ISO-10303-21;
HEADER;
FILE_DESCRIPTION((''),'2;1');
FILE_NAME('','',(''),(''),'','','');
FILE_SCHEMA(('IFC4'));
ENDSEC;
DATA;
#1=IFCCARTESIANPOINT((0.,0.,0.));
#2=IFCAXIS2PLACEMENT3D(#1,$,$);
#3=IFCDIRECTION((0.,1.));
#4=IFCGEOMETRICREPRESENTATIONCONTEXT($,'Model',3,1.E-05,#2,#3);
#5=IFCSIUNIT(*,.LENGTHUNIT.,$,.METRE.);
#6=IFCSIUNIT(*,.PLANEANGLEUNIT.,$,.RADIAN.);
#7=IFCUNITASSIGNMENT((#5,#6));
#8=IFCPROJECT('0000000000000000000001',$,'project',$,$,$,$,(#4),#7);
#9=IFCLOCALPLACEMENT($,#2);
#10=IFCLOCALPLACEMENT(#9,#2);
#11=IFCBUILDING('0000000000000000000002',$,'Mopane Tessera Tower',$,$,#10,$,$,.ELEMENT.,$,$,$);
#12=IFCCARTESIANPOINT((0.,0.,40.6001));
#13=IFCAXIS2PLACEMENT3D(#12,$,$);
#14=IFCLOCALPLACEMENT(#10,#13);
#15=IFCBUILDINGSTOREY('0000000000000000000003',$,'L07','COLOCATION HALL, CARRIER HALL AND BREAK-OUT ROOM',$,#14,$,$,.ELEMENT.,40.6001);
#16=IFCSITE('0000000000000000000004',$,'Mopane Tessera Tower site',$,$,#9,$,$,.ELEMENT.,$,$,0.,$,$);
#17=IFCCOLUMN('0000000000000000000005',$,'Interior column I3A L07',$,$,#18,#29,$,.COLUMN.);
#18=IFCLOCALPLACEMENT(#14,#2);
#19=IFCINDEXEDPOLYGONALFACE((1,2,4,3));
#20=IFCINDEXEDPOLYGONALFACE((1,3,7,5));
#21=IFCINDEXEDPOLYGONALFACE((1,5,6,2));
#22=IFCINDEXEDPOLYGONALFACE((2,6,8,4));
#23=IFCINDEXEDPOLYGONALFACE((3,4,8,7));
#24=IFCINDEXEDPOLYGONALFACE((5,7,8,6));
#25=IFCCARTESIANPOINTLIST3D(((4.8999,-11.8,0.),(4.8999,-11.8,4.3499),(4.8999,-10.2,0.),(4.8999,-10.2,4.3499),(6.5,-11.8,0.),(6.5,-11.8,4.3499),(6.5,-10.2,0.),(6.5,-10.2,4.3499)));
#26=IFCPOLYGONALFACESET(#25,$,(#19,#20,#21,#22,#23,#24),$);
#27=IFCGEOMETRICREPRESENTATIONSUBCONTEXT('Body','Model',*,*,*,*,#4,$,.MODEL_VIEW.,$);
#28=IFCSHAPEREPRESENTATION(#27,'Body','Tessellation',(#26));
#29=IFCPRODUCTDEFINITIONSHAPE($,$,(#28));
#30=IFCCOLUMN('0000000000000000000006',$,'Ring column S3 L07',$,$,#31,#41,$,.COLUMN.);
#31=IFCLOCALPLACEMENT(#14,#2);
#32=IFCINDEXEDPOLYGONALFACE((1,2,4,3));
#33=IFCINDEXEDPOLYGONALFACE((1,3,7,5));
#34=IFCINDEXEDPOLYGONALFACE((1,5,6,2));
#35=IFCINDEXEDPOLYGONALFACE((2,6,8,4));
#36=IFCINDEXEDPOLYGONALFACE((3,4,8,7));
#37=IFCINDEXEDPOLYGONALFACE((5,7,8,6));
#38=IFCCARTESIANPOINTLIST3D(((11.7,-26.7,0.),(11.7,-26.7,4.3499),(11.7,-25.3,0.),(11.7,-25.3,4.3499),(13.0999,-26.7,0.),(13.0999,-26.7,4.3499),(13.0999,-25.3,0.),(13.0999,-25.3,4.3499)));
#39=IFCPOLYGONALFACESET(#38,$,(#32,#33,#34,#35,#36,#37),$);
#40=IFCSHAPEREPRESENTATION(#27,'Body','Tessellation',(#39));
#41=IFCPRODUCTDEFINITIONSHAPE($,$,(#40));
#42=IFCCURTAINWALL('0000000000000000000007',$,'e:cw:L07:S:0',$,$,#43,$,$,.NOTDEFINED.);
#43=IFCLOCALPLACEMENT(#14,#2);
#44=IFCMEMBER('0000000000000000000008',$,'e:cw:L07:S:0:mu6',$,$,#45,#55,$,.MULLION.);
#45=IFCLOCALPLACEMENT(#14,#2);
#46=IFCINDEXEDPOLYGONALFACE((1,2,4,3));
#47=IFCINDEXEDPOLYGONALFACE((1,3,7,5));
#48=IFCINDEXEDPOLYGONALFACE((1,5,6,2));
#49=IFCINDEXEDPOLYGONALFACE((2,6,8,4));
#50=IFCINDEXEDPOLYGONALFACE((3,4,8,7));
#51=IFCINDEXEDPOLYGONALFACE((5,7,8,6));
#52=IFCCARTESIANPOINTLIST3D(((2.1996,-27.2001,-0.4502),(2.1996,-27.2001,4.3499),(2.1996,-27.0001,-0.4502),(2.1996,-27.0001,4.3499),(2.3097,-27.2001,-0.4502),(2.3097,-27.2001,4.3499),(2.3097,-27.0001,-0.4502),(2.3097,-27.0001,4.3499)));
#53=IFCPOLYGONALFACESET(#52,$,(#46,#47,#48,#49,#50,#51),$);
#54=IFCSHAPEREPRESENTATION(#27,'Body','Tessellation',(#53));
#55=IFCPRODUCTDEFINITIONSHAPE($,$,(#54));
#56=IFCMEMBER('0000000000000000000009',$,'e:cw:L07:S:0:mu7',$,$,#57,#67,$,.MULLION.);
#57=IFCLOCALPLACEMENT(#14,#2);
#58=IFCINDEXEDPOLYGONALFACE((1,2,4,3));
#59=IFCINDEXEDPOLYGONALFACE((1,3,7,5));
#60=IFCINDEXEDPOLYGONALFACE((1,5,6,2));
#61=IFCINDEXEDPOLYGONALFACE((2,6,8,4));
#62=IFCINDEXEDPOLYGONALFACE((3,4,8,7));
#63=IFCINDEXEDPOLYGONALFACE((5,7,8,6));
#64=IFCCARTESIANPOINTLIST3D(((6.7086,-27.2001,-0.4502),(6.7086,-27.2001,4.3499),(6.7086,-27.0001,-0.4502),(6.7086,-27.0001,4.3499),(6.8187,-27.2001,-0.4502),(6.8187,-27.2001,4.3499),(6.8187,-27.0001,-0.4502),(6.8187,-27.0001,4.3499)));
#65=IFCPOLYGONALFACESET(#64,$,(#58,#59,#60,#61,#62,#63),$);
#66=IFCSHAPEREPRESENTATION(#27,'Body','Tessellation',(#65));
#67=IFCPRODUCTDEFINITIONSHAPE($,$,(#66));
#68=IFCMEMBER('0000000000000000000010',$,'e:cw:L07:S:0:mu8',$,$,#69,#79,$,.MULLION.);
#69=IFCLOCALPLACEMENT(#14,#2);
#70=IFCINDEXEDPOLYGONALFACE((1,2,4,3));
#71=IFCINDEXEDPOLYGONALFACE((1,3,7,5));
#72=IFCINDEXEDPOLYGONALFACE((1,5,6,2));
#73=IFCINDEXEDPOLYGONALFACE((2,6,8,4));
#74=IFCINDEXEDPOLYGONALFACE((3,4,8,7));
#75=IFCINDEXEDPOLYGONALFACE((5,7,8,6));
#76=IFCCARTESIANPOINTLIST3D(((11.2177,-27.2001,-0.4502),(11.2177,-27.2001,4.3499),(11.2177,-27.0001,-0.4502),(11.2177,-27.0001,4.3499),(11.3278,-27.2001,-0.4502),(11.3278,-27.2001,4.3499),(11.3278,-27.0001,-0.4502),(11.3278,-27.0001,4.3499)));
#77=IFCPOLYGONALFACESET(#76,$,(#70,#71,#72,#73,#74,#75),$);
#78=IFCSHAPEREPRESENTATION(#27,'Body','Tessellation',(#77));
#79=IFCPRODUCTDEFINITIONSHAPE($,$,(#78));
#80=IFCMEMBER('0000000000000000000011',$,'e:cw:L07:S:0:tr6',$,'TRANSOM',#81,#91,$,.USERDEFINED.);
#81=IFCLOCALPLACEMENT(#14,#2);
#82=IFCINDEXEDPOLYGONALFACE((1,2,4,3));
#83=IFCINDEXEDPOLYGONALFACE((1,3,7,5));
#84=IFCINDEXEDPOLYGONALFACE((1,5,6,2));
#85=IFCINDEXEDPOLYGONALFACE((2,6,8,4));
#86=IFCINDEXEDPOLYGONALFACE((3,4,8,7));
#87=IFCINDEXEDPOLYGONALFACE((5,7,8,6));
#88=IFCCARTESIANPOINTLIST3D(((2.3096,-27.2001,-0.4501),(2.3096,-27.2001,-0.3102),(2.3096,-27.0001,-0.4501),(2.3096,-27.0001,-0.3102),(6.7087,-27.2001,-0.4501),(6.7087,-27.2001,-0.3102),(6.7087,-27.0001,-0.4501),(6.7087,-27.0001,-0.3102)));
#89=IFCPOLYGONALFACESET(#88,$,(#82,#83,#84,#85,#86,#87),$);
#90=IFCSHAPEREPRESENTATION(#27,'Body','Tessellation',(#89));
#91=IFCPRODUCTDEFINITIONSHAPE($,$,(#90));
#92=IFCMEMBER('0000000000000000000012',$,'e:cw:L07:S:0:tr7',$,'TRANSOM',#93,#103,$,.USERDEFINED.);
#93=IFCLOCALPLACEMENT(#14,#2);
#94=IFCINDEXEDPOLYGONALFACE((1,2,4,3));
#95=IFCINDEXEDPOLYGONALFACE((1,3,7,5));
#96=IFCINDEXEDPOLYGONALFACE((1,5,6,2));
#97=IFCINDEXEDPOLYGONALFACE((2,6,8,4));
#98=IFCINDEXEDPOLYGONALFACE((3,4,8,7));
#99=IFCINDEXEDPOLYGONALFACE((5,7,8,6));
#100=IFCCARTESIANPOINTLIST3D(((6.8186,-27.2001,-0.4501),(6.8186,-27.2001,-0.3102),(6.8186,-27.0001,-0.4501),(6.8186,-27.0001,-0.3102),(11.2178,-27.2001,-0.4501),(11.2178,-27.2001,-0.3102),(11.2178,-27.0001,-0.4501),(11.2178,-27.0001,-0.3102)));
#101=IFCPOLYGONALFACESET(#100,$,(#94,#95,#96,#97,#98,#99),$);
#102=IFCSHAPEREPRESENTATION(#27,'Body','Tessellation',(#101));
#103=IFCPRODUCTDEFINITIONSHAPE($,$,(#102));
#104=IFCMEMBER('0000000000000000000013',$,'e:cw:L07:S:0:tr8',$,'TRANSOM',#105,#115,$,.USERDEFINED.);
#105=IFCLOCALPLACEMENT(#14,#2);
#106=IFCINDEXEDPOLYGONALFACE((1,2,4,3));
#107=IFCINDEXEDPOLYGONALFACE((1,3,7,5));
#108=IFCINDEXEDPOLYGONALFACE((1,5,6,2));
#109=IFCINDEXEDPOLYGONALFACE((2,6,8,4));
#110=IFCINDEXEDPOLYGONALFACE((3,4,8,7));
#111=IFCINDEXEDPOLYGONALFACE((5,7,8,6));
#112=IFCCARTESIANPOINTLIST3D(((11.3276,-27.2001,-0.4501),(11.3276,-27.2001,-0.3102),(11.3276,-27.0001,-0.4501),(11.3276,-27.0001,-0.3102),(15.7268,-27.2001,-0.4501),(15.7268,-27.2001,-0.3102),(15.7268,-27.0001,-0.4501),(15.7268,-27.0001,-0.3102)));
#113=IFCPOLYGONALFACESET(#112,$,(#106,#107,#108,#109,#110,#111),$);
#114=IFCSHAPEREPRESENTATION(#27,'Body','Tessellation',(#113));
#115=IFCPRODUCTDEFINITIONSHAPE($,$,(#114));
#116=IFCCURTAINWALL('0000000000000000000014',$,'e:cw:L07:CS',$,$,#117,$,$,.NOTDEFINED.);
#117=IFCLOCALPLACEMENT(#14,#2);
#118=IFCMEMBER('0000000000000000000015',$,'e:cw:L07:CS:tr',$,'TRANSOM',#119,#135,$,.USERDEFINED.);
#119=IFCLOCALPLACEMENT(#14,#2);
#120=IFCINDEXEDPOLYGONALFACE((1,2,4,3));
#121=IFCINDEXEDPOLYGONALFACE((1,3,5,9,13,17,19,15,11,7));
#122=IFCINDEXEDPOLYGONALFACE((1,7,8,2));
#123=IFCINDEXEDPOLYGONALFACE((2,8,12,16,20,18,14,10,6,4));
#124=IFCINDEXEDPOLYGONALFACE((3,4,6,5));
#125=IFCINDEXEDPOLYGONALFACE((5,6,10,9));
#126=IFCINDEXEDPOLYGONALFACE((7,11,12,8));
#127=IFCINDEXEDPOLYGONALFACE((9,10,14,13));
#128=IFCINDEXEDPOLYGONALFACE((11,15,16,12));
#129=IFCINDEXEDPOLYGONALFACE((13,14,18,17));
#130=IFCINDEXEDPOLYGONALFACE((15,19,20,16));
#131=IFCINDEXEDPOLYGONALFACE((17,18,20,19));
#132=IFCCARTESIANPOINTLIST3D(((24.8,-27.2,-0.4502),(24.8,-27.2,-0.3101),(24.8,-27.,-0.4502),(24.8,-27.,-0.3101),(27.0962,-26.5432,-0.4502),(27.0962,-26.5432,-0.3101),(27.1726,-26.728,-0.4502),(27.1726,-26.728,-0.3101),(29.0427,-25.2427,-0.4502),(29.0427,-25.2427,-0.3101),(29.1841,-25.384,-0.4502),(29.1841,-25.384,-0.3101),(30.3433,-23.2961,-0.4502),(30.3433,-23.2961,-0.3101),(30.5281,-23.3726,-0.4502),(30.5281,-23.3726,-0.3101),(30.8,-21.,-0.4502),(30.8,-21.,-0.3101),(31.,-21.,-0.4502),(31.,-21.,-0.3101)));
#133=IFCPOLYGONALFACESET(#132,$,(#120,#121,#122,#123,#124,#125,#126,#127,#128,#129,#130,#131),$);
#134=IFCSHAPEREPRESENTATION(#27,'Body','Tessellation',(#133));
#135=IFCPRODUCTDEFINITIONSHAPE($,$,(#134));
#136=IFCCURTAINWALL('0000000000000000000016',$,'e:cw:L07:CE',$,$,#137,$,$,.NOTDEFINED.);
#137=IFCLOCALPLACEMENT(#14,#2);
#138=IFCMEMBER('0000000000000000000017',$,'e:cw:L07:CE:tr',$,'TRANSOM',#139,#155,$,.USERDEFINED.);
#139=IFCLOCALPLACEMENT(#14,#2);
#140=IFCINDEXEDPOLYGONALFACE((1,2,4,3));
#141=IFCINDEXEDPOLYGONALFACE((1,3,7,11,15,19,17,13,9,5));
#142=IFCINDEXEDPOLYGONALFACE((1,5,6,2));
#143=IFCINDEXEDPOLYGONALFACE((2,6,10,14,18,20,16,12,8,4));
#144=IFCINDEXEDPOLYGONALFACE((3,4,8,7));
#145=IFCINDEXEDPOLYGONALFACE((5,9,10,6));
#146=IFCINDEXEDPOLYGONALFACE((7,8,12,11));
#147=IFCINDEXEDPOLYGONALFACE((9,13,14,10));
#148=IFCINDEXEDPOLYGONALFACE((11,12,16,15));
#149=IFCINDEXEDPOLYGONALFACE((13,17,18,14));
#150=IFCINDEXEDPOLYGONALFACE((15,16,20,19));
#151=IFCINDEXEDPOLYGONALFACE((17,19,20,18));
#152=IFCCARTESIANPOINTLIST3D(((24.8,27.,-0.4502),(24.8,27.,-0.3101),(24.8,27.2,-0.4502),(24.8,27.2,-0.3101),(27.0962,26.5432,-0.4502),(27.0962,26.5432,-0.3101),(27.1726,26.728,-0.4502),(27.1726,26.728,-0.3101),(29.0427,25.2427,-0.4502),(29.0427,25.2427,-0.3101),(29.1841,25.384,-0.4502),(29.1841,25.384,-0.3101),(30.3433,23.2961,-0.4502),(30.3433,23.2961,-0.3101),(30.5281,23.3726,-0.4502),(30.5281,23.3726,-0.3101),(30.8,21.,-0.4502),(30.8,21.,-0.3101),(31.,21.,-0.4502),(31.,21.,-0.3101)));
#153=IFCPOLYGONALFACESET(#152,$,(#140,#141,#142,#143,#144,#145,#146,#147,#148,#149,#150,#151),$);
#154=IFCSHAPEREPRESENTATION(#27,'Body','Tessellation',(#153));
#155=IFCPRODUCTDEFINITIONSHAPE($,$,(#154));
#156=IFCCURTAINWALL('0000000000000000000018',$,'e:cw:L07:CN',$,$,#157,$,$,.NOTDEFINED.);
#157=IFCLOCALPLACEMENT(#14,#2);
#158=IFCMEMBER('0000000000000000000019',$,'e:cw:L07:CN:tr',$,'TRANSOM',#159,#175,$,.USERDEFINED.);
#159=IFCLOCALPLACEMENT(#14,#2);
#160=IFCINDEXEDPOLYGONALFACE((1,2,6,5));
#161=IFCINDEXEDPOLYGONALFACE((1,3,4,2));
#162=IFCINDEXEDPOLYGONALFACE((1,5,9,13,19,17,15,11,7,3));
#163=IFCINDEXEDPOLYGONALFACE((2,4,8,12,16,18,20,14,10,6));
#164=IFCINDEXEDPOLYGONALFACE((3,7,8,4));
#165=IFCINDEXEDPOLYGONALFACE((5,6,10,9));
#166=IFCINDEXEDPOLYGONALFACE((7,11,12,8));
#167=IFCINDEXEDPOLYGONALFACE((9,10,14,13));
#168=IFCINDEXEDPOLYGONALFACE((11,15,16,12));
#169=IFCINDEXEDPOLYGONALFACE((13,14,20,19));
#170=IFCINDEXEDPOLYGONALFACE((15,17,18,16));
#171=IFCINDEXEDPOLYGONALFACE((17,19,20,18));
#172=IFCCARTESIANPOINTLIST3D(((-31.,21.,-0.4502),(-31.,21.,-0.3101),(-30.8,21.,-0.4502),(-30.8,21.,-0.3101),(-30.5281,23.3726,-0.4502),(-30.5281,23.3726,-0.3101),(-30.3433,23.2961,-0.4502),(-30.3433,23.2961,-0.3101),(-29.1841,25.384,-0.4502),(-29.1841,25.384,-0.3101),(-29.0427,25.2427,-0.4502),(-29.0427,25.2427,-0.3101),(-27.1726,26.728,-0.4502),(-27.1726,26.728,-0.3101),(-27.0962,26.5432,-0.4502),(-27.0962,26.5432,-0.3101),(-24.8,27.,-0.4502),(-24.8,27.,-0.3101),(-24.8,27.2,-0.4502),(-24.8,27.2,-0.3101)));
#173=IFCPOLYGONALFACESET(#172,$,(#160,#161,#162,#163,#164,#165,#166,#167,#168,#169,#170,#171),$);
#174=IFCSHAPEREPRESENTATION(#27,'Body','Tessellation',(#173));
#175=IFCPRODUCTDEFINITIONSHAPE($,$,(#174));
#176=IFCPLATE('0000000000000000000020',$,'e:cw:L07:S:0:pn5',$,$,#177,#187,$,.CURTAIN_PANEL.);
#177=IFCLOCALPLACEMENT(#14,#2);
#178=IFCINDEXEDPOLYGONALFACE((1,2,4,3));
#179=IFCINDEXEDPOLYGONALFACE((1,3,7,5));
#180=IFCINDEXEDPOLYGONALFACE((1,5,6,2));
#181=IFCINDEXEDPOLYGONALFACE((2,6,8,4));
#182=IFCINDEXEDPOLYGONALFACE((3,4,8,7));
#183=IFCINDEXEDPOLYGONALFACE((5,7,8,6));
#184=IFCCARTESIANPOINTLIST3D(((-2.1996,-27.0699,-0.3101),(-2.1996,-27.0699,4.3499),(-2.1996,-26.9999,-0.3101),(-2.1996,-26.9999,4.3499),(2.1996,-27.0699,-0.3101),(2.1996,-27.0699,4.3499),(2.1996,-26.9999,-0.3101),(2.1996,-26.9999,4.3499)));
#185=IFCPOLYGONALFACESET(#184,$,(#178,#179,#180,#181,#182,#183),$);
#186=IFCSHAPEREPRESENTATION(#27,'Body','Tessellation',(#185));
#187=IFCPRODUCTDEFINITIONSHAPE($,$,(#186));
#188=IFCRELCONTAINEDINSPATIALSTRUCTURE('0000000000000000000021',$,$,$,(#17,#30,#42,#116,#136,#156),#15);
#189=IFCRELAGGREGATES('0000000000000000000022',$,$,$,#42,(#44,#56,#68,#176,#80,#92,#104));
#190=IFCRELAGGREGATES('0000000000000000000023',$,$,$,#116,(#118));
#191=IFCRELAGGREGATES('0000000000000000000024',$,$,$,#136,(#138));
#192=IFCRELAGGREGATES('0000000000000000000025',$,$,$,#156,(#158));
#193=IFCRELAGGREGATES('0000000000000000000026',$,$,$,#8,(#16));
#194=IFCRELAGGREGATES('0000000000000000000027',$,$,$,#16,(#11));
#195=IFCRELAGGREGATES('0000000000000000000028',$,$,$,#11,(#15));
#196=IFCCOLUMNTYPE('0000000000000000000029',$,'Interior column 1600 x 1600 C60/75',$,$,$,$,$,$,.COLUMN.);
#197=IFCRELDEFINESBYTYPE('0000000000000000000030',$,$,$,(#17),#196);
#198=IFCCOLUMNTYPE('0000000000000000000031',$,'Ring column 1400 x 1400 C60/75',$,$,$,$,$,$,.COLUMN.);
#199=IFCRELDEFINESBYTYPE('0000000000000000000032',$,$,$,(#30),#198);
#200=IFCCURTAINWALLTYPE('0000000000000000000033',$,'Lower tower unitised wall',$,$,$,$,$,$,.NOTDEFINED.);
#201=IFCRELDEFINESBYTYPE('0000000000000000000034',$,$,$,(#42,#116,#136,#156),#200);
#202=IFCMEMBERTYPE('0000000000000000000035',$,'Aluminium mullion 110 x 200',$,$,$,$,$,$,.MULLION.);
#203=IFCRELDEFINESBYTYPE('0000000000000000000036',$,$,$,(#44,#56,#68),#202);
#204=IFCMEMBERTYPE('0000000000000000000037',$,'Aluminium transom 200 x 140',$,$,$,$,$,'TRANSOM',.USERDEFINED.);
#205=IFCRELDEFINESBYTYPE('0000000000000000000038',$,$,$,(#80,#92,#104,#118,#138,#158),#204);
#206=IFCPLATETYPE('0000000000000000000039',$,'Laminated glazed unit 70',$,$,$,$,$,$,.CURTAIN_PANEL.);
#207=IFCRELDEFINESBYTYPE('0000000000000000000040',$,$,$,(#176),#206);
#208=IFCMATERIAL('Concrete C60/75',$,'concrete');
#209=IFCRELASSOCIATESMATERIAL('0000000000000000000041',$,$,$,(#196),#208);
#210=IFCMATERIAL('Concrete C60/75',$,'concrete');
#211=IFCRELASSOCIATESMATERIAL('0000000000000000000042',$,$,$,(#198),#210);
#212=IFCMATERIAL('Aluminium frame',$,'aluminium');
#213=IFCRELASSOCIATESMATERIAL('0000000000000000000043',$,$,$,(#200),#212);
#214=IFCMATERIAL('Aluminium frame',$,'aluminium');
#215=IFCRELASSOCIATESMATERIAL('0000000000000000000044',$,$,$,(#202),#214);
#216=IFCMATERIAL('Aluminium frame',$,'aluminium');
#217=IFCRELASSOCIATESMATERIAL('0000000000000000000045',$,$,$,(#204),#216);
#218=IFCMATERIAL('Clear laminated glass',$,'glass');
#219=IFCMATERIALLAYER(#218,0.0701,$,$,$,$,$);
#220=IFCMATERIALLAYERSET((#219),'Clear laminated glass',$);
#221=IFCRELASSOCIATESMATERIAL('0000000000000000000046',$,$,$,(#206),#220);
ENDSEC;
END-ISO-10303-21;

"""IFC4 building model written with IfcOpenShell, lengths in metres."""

from ifc_helpers import new_model, si_unit, direction, frame, origin, origin_2d, place, context, subcontext, project, spatial, polyline, rectangle, outline, extrude, material, layer, layer_set, material_profile, profile_set, type_object, element, aggregate, save


model = new_model("IFC4")

# Units and contexts
model_context = context("Model", 3, precision=1e-05, world=origin(), true_north=direction((0.0, 1.0)))
body_context = subcontext(model_context, "Body", "Model", "MODEL_VIEW")
ifc_project = project(units=[si_unit("LENGTHUNIT", "METRE"), si_unit("PLANEANGLEUNIT", "RADIAN")], contexts=[model_context])

# Site, building, storey
site_placement = place(None, origin())
site = spatial("IfcSite", under=ifc_project, at=site_placement, Name="Mopane Tessera Tower site", CompositionType="ELEMENT", RefElevation=0.0)
building_placement = place(site_placement, origin())
building = spatial("IfcBuilding", under=site, at=building_placement, Name="Mopane Tessera Tower", CompositionType="ELEMENT")
storey_placement = place(building_placement, frame((0.0, 0.0, 40.6001)))
storey = spatial("IfcBuildingStorey", under=building, at=storey_placement, Name="L07", Description="COLOCATION HALL, CARRIER HALL AND BREAK-OUT ROOM", CompositionType="ELEMENT", Elevation=40.6001)

# Columns
ifc_material_1 = material(Name="Concrete C60/75", Category="concrete")
ifc_material_profile_1 = material_profile(ifc_material_1, rectangle(XDim=1.6001, YDim=1.6001, at=origin_2d()))
ifc_profile_set_1 = profile_set([ifc_material_profile_1], Name="Concrete C60/75")
column_type_1 = type_object("IfcColumnType", Name="Interior column 1600 x 1600 C60/75", PredefinedType="COLUMN", material=ifc_profile_set_1)
column_1_placement = place(storey_placement, frame((5.7, -11.0, 0.0), z_axis=(0.0, 0.0, 1.0), x_axis=(1.0, 0.0, 0.0)))
element("IfcColumn", 1, at=column_1_placement, inside=storey, type_object=column_type_1, Name="Interior column I3A L07", PredefinedType="COLUMN", context=body_context, shape_type="SweptSolid", body=[
    extrude(rectangle(XDim=1.6001, YDim=1.6001, at=origin_2d()), origin(), (0.0, 0.0, 1.0), 4.3499),
])
ifc_material_2 = material(Name="Concrete C60/75", Category="concrete")
ifc_material_profile_2 = material_profile(ifc_material_2, rectangle(XDim=1.3999, YDim=1.3999, at=origin_2d()))
ifc_profile_set_2 = profile_set([ifc_material_profile_2], Name="Concrete C60/75")
column_type_2 = type_object("IfcColumnType", Name="Ring column 1400 x 1400 C60/75", PredefinedType="COLUMN", material=ifc_profile_set_2)
column_2_placement = place(storey_placement, frame((12.3999, -26.0, 0.0), z_axis=(0.0, 0.0, 1.0), x_axis=(1.0, 0.0, 0.0)))
element("IfcColumn", 2, at=column_2_placement, inside=storey, type_object=column_type_2, Name="Ring column S3 L07", PredefinedType="COLUMN", context=body_context, shape_type="SweptSolid", body=[
    extrude(rectangle(XDim=1.3999, YDim=1.3999, at=origin_2d()), origin(), (0.0, 0.0, 1.0), 4.3499),
])

# Curtain wall, members
ifc_material_3 = material(Name="Aluminium frame", Category="aluminium")
curtain_wall_type = type_object("IfcCurtainWallType", Name="Lower tower unitised wall", PredefinedType="NOTDEFINED", material=ifc_material_3)
curtain_wall_1_placement = place(storey_placement, origin())
curtain_wall_1 = element("IfcCurtainWall", 3, at=curtain_wall_1_placement, inside=storey, type_object=curtain_wall_type, Name="e:cw:L07:S:0", PredefinedType="NOTDEFINED")
ifc_material_4 = material(Name="Aluminium frame", Category="aluminium")
ifc_material_profile_3 = material_profile(ifc_material_4, rectangle(XDim=0.1101, YDim=0.2, at=origin_2d()))
ifc_profile_set_3 = profile_set([ifc_material_profile_3], Name="Aluminium frame")
member_type_1 = type_object("IfcMemberType", Name="Aluminium mullion 110 x 200", PredefinedType="MULLION", material=ifc_profile_set_3)
member_1_placement = place(storey_placement, frame((2.2546, -27.1001, -0.4502), z_axis=(0.0, 0.0, 1.0), x_axis=(1.0, 0.0, 0.0)))
member_1 = element("IfcMember", 4, at=member_1_placement, type_object=member_type_1, Name="e:cw:L07:S:0:mu6", PredefinedType="MULLION", context=body_context, shape_type="SweptSolid", body=[
    extrude(rectangle(XDim=0.1101, YDim=0.2, at=origin_2d()), origin(), (0.0, 0.0, 1.0), 4.8),
])
member_2_placement = place(storey_placement, frame((6.7637, -27.1001, -0.4502), z_axis=(0.0, 0.0, 1.0), x_axis=(1.0, 0.0, 0.0)))
member_2 = element("IfcMember", 5, at=member_2_placement, type_object=member_type_1, Name="e:cw:L07:S:0:mu7", PredefinedType="MULLION", context=body_context, shape_type="SweptSolid", body=[
    extrude(rectangle(XDim=0.1101, YDim=0.2, at=origin_2d()), origin(), (0.0, 0.0, 1.0), 4.8),
])
member_3_placement = place(storey_placement, frame((11.2727, -27.1001, -0.4502), z_axis=(0.0, 0.0, 1.0), x_axis=(1.0, 0.0, 0.0)))
member_3 = element("IfcMember", 6, at=member_3_placement, type_object=member_type_1, Name="e:cw:L07:S:0:mu8", PredefinedType="MULLION", context=body_context, shape_type="SweptSolid", body=[
    extrude(rectangle(XDim=0.1101, YDim=0.2, at=origin_2d()), origin(), (0.0, 0.0, 1.0), 4.8),
])
ifc_material_5 = material(Name="Aluminium frame", Category="aluminium")
ifc_material_profile_4 = material_profile(ifc_material_5, rectangle(XDim=0.2, YDim=0.1399, at=origin_2d()))
ifc_profile_set_4 = profile_set([ifc_material_profile_4], Name="Aluminium frame")
member_type_2 = type_object("IfcMemberType", Name="Aluminium transom 200 x 140", ElementType="TRANSOM", PredefinedType="USERDEFINED", material=ifc_profile_set_4)
member_4_placement = place(storey_placement, frame((2.3096, -27.1001, -0.3801), z_axis=(1.0, 0.0, 0.0), x_axis=(0.0, 1.0, 0.0)))
member_4 = element("IfcMember", 7, at=member_4_placement, type_object=member_type_2, Name="e:cw:L07:S:0:tr6", ObjectType="TRANSOM", PredefinedType="USERDEFINED", context=body_context, shape_type="SweptSolid", body=[
    extrude(rectangle(XDim=0.2, YDim=0.1399, at=origin_2d()), origin(), (0.0, 0.0, 1.0), 4.3992),
])
member_5_placement = place(storey_placement, frame((6.8186, -27.1001, -0.3801), z_axis=(1.0, 0.0, 0.0), x_axis=(0.0, 1.0, 0.0)))
member_5 = element("IfcMember", 8, at=member_5_placement, type_object=member_type_2, Name="e:cw:L07:S:0:tr7", ObjectType="TRANSOM", PredefinedType="USERDEFINED", context=body_context, shape_type="SweptSolid", body=[
    extrude(rectangle(XDim=0.2, YDim=0.1399, at=origin_2d()), origin(), (0.0, 0.0, 1.0), 4.3992),
])
member_6_placement = place(storey_placement, frame((11.3276, -27.1001, -0.3801), z_axis=(1.0, 0.0, 0.0), x_axis=(0.0, 1.0, 0.0)))
member_6 = element("IfcMember", 9, at=member_6_placement, type_object=member_type_2, Name="e:cw:L07:S:0:tr8", ObjectType="TRANSOM", PredefinedType="USERDEFINED", context=body_context, shape_type="SweptSolid", body=[
    extrude(rectangle(XDim=0.2, YDim=0.1399, at=origin_2d()), origin(), (0.0, 0.0, 1.0), 4.3992),
])

# Curtain walls, members
curtain_wall_2_placement = place(storey_placement, origin())
curtain_wall_2 = element("IfcCurtainWall", 10, at=curtain_wall_2_placement, inside=storey, type_object=curtain_wall_type, Name="e:cw:L07:CS", PredefinedType="NOTDEFINED")
member_7_placement = place(storey_placement, frame((0.0, 0.0, -0.4502)))
member_7 = element("IfcMember", 11, at=member_7_placement, type_object=member_type_2, Name="e:cw:L07:CS:tr", ObjectType="TRANSOM", PredefinedType="USERDEFINED", context=body_context, shape_type="SweptSolid", body=[
    extrude(outline(polyline([(24.8, -27.0), (27.0962, -26.5432), (29.0427, -25.2427), (30.3433, -23.2961), (30.8, -21.0), (31.0, -21.0), (30.5281, -23.3726), (29.1841, -25.384), (27.1726, -26.728), (24.8, -27.2), (24.8, -27.0)])), origin(), (0.0, 0.0, 1.0), 0.1401),
])
curtain_wall_3_placement = place(storey_placement, origin())
curtain_wall_3 = element("IfcCurtainWall", 12, at=curtain_wall_3_placement, inside=storey, type_object=curtain_wall_type, Name="e:cw:L07:CE", PredefinedType="NOTDEFINED")
member_8_placement = place(storey_placement, frame((0.0, 0.0, -0.4502)))
member_8 = element("IfcMember", 13, at=member_8_placement, type_object=member_type_2, Name="e:cw:L07:CE:tr", ObjectType="TRANSOM", PredefinedType="USERDEFINED", context=body_context, shape_type="SweptSolid", body=[
    extrude(outline(polyline([(30.8, 21.0), (30.3433, 23.2961), (29.0427, 25.2427), (27.0962, 26.5432), (24.8, 27.0), (24.8, 27.2), (27.1726, 26.728), (29.1841, 25.384), (30.5281, 23.3726), (31.0, 21.0), (30.8, 21.0)])), origin(), (0.0, 0.0, 1.0), 0.1401),
])
curtain_wall_4_placement = place(storey_placement, origin())
curtain_wall_4 = element("IfcCurtainWall", 14, at=curtain_wall_4_placement, inside=storey, type_object=curtain_wall_type, Name="e:cw:L07:CN", PredefinedType="NOTDEFINED")
member_9_placement = place(storey_placement, frame((0.0, 0.0, -0.4502)))
member_9 = element("IfcMember", 15, at=member_9_placement, type_object=member_type_2, Name="e:cw:L07:CN:tr", ObjectType="TRANSOM", PredefinedType="USERDEFINED", context=body_context, shape_type="SweptSolid", body=[
    extrude(outline(polyline([(-24.8, 27.0), (-27.0962, 26.5432), (-29.0427, 25.2427), (-30.3433, 23.2961), (-30.8, 21.0), (-31.0, 21.0), (-30.5281, 23.3726), (-29.1841, 25.384), (-27.1726, 26.728), (-24.8, 27.2), (-24.8, 27.0)])), origin(), (0.0, 0.0, 1.0), 0.1401),
])

# Plate
ifc_material_6 = material(Name="Clear laminated glass", Category="glass")
ifc_layer_1 = layer(ifc_material_6, 0.0701)
ifc_layer_set_1 = layer_set([ifc_layer_1], Name="Clear laminated glass")
plate_type = type_object("IfcPlateType", Name="Laminated glazed unit 70", PredefinedType="CURTAIN_PANEL", material=ifc_layer_set_1)
plate_1_placement = place(storey_placement, frame((0.0, -27.0349, -0.3101), z_axis=(0.0, 0.0, 1.0), x_axis=(1.0, 0.0, 0.0)))
plate_1 = element("IfcPlate", 16, at=plate_1_placement, type_object=plate_type, Name="e:cw:L07:S:0:pn5", PredefinedType="CURTAIN_PANEL", context=body_context, shape_type="SweptSolid", body=[
    extrude(rectangle(XDim=4.3992, YDim=0.0701, at=origin_2d()), origin(), (0.0, 0.0, 1.0), 4.6599),
])
aggregate(curtain_wall_1, [member_1, member_2, member_3, plate_1, member_4, member_5, member_6])
aggregate(curtain_wall_2, [member_7])
aggregate(curtain_wall_3, [member_8])
aggregate(curtain_wall_4, [member_9])

save(model, "model.ifc")
